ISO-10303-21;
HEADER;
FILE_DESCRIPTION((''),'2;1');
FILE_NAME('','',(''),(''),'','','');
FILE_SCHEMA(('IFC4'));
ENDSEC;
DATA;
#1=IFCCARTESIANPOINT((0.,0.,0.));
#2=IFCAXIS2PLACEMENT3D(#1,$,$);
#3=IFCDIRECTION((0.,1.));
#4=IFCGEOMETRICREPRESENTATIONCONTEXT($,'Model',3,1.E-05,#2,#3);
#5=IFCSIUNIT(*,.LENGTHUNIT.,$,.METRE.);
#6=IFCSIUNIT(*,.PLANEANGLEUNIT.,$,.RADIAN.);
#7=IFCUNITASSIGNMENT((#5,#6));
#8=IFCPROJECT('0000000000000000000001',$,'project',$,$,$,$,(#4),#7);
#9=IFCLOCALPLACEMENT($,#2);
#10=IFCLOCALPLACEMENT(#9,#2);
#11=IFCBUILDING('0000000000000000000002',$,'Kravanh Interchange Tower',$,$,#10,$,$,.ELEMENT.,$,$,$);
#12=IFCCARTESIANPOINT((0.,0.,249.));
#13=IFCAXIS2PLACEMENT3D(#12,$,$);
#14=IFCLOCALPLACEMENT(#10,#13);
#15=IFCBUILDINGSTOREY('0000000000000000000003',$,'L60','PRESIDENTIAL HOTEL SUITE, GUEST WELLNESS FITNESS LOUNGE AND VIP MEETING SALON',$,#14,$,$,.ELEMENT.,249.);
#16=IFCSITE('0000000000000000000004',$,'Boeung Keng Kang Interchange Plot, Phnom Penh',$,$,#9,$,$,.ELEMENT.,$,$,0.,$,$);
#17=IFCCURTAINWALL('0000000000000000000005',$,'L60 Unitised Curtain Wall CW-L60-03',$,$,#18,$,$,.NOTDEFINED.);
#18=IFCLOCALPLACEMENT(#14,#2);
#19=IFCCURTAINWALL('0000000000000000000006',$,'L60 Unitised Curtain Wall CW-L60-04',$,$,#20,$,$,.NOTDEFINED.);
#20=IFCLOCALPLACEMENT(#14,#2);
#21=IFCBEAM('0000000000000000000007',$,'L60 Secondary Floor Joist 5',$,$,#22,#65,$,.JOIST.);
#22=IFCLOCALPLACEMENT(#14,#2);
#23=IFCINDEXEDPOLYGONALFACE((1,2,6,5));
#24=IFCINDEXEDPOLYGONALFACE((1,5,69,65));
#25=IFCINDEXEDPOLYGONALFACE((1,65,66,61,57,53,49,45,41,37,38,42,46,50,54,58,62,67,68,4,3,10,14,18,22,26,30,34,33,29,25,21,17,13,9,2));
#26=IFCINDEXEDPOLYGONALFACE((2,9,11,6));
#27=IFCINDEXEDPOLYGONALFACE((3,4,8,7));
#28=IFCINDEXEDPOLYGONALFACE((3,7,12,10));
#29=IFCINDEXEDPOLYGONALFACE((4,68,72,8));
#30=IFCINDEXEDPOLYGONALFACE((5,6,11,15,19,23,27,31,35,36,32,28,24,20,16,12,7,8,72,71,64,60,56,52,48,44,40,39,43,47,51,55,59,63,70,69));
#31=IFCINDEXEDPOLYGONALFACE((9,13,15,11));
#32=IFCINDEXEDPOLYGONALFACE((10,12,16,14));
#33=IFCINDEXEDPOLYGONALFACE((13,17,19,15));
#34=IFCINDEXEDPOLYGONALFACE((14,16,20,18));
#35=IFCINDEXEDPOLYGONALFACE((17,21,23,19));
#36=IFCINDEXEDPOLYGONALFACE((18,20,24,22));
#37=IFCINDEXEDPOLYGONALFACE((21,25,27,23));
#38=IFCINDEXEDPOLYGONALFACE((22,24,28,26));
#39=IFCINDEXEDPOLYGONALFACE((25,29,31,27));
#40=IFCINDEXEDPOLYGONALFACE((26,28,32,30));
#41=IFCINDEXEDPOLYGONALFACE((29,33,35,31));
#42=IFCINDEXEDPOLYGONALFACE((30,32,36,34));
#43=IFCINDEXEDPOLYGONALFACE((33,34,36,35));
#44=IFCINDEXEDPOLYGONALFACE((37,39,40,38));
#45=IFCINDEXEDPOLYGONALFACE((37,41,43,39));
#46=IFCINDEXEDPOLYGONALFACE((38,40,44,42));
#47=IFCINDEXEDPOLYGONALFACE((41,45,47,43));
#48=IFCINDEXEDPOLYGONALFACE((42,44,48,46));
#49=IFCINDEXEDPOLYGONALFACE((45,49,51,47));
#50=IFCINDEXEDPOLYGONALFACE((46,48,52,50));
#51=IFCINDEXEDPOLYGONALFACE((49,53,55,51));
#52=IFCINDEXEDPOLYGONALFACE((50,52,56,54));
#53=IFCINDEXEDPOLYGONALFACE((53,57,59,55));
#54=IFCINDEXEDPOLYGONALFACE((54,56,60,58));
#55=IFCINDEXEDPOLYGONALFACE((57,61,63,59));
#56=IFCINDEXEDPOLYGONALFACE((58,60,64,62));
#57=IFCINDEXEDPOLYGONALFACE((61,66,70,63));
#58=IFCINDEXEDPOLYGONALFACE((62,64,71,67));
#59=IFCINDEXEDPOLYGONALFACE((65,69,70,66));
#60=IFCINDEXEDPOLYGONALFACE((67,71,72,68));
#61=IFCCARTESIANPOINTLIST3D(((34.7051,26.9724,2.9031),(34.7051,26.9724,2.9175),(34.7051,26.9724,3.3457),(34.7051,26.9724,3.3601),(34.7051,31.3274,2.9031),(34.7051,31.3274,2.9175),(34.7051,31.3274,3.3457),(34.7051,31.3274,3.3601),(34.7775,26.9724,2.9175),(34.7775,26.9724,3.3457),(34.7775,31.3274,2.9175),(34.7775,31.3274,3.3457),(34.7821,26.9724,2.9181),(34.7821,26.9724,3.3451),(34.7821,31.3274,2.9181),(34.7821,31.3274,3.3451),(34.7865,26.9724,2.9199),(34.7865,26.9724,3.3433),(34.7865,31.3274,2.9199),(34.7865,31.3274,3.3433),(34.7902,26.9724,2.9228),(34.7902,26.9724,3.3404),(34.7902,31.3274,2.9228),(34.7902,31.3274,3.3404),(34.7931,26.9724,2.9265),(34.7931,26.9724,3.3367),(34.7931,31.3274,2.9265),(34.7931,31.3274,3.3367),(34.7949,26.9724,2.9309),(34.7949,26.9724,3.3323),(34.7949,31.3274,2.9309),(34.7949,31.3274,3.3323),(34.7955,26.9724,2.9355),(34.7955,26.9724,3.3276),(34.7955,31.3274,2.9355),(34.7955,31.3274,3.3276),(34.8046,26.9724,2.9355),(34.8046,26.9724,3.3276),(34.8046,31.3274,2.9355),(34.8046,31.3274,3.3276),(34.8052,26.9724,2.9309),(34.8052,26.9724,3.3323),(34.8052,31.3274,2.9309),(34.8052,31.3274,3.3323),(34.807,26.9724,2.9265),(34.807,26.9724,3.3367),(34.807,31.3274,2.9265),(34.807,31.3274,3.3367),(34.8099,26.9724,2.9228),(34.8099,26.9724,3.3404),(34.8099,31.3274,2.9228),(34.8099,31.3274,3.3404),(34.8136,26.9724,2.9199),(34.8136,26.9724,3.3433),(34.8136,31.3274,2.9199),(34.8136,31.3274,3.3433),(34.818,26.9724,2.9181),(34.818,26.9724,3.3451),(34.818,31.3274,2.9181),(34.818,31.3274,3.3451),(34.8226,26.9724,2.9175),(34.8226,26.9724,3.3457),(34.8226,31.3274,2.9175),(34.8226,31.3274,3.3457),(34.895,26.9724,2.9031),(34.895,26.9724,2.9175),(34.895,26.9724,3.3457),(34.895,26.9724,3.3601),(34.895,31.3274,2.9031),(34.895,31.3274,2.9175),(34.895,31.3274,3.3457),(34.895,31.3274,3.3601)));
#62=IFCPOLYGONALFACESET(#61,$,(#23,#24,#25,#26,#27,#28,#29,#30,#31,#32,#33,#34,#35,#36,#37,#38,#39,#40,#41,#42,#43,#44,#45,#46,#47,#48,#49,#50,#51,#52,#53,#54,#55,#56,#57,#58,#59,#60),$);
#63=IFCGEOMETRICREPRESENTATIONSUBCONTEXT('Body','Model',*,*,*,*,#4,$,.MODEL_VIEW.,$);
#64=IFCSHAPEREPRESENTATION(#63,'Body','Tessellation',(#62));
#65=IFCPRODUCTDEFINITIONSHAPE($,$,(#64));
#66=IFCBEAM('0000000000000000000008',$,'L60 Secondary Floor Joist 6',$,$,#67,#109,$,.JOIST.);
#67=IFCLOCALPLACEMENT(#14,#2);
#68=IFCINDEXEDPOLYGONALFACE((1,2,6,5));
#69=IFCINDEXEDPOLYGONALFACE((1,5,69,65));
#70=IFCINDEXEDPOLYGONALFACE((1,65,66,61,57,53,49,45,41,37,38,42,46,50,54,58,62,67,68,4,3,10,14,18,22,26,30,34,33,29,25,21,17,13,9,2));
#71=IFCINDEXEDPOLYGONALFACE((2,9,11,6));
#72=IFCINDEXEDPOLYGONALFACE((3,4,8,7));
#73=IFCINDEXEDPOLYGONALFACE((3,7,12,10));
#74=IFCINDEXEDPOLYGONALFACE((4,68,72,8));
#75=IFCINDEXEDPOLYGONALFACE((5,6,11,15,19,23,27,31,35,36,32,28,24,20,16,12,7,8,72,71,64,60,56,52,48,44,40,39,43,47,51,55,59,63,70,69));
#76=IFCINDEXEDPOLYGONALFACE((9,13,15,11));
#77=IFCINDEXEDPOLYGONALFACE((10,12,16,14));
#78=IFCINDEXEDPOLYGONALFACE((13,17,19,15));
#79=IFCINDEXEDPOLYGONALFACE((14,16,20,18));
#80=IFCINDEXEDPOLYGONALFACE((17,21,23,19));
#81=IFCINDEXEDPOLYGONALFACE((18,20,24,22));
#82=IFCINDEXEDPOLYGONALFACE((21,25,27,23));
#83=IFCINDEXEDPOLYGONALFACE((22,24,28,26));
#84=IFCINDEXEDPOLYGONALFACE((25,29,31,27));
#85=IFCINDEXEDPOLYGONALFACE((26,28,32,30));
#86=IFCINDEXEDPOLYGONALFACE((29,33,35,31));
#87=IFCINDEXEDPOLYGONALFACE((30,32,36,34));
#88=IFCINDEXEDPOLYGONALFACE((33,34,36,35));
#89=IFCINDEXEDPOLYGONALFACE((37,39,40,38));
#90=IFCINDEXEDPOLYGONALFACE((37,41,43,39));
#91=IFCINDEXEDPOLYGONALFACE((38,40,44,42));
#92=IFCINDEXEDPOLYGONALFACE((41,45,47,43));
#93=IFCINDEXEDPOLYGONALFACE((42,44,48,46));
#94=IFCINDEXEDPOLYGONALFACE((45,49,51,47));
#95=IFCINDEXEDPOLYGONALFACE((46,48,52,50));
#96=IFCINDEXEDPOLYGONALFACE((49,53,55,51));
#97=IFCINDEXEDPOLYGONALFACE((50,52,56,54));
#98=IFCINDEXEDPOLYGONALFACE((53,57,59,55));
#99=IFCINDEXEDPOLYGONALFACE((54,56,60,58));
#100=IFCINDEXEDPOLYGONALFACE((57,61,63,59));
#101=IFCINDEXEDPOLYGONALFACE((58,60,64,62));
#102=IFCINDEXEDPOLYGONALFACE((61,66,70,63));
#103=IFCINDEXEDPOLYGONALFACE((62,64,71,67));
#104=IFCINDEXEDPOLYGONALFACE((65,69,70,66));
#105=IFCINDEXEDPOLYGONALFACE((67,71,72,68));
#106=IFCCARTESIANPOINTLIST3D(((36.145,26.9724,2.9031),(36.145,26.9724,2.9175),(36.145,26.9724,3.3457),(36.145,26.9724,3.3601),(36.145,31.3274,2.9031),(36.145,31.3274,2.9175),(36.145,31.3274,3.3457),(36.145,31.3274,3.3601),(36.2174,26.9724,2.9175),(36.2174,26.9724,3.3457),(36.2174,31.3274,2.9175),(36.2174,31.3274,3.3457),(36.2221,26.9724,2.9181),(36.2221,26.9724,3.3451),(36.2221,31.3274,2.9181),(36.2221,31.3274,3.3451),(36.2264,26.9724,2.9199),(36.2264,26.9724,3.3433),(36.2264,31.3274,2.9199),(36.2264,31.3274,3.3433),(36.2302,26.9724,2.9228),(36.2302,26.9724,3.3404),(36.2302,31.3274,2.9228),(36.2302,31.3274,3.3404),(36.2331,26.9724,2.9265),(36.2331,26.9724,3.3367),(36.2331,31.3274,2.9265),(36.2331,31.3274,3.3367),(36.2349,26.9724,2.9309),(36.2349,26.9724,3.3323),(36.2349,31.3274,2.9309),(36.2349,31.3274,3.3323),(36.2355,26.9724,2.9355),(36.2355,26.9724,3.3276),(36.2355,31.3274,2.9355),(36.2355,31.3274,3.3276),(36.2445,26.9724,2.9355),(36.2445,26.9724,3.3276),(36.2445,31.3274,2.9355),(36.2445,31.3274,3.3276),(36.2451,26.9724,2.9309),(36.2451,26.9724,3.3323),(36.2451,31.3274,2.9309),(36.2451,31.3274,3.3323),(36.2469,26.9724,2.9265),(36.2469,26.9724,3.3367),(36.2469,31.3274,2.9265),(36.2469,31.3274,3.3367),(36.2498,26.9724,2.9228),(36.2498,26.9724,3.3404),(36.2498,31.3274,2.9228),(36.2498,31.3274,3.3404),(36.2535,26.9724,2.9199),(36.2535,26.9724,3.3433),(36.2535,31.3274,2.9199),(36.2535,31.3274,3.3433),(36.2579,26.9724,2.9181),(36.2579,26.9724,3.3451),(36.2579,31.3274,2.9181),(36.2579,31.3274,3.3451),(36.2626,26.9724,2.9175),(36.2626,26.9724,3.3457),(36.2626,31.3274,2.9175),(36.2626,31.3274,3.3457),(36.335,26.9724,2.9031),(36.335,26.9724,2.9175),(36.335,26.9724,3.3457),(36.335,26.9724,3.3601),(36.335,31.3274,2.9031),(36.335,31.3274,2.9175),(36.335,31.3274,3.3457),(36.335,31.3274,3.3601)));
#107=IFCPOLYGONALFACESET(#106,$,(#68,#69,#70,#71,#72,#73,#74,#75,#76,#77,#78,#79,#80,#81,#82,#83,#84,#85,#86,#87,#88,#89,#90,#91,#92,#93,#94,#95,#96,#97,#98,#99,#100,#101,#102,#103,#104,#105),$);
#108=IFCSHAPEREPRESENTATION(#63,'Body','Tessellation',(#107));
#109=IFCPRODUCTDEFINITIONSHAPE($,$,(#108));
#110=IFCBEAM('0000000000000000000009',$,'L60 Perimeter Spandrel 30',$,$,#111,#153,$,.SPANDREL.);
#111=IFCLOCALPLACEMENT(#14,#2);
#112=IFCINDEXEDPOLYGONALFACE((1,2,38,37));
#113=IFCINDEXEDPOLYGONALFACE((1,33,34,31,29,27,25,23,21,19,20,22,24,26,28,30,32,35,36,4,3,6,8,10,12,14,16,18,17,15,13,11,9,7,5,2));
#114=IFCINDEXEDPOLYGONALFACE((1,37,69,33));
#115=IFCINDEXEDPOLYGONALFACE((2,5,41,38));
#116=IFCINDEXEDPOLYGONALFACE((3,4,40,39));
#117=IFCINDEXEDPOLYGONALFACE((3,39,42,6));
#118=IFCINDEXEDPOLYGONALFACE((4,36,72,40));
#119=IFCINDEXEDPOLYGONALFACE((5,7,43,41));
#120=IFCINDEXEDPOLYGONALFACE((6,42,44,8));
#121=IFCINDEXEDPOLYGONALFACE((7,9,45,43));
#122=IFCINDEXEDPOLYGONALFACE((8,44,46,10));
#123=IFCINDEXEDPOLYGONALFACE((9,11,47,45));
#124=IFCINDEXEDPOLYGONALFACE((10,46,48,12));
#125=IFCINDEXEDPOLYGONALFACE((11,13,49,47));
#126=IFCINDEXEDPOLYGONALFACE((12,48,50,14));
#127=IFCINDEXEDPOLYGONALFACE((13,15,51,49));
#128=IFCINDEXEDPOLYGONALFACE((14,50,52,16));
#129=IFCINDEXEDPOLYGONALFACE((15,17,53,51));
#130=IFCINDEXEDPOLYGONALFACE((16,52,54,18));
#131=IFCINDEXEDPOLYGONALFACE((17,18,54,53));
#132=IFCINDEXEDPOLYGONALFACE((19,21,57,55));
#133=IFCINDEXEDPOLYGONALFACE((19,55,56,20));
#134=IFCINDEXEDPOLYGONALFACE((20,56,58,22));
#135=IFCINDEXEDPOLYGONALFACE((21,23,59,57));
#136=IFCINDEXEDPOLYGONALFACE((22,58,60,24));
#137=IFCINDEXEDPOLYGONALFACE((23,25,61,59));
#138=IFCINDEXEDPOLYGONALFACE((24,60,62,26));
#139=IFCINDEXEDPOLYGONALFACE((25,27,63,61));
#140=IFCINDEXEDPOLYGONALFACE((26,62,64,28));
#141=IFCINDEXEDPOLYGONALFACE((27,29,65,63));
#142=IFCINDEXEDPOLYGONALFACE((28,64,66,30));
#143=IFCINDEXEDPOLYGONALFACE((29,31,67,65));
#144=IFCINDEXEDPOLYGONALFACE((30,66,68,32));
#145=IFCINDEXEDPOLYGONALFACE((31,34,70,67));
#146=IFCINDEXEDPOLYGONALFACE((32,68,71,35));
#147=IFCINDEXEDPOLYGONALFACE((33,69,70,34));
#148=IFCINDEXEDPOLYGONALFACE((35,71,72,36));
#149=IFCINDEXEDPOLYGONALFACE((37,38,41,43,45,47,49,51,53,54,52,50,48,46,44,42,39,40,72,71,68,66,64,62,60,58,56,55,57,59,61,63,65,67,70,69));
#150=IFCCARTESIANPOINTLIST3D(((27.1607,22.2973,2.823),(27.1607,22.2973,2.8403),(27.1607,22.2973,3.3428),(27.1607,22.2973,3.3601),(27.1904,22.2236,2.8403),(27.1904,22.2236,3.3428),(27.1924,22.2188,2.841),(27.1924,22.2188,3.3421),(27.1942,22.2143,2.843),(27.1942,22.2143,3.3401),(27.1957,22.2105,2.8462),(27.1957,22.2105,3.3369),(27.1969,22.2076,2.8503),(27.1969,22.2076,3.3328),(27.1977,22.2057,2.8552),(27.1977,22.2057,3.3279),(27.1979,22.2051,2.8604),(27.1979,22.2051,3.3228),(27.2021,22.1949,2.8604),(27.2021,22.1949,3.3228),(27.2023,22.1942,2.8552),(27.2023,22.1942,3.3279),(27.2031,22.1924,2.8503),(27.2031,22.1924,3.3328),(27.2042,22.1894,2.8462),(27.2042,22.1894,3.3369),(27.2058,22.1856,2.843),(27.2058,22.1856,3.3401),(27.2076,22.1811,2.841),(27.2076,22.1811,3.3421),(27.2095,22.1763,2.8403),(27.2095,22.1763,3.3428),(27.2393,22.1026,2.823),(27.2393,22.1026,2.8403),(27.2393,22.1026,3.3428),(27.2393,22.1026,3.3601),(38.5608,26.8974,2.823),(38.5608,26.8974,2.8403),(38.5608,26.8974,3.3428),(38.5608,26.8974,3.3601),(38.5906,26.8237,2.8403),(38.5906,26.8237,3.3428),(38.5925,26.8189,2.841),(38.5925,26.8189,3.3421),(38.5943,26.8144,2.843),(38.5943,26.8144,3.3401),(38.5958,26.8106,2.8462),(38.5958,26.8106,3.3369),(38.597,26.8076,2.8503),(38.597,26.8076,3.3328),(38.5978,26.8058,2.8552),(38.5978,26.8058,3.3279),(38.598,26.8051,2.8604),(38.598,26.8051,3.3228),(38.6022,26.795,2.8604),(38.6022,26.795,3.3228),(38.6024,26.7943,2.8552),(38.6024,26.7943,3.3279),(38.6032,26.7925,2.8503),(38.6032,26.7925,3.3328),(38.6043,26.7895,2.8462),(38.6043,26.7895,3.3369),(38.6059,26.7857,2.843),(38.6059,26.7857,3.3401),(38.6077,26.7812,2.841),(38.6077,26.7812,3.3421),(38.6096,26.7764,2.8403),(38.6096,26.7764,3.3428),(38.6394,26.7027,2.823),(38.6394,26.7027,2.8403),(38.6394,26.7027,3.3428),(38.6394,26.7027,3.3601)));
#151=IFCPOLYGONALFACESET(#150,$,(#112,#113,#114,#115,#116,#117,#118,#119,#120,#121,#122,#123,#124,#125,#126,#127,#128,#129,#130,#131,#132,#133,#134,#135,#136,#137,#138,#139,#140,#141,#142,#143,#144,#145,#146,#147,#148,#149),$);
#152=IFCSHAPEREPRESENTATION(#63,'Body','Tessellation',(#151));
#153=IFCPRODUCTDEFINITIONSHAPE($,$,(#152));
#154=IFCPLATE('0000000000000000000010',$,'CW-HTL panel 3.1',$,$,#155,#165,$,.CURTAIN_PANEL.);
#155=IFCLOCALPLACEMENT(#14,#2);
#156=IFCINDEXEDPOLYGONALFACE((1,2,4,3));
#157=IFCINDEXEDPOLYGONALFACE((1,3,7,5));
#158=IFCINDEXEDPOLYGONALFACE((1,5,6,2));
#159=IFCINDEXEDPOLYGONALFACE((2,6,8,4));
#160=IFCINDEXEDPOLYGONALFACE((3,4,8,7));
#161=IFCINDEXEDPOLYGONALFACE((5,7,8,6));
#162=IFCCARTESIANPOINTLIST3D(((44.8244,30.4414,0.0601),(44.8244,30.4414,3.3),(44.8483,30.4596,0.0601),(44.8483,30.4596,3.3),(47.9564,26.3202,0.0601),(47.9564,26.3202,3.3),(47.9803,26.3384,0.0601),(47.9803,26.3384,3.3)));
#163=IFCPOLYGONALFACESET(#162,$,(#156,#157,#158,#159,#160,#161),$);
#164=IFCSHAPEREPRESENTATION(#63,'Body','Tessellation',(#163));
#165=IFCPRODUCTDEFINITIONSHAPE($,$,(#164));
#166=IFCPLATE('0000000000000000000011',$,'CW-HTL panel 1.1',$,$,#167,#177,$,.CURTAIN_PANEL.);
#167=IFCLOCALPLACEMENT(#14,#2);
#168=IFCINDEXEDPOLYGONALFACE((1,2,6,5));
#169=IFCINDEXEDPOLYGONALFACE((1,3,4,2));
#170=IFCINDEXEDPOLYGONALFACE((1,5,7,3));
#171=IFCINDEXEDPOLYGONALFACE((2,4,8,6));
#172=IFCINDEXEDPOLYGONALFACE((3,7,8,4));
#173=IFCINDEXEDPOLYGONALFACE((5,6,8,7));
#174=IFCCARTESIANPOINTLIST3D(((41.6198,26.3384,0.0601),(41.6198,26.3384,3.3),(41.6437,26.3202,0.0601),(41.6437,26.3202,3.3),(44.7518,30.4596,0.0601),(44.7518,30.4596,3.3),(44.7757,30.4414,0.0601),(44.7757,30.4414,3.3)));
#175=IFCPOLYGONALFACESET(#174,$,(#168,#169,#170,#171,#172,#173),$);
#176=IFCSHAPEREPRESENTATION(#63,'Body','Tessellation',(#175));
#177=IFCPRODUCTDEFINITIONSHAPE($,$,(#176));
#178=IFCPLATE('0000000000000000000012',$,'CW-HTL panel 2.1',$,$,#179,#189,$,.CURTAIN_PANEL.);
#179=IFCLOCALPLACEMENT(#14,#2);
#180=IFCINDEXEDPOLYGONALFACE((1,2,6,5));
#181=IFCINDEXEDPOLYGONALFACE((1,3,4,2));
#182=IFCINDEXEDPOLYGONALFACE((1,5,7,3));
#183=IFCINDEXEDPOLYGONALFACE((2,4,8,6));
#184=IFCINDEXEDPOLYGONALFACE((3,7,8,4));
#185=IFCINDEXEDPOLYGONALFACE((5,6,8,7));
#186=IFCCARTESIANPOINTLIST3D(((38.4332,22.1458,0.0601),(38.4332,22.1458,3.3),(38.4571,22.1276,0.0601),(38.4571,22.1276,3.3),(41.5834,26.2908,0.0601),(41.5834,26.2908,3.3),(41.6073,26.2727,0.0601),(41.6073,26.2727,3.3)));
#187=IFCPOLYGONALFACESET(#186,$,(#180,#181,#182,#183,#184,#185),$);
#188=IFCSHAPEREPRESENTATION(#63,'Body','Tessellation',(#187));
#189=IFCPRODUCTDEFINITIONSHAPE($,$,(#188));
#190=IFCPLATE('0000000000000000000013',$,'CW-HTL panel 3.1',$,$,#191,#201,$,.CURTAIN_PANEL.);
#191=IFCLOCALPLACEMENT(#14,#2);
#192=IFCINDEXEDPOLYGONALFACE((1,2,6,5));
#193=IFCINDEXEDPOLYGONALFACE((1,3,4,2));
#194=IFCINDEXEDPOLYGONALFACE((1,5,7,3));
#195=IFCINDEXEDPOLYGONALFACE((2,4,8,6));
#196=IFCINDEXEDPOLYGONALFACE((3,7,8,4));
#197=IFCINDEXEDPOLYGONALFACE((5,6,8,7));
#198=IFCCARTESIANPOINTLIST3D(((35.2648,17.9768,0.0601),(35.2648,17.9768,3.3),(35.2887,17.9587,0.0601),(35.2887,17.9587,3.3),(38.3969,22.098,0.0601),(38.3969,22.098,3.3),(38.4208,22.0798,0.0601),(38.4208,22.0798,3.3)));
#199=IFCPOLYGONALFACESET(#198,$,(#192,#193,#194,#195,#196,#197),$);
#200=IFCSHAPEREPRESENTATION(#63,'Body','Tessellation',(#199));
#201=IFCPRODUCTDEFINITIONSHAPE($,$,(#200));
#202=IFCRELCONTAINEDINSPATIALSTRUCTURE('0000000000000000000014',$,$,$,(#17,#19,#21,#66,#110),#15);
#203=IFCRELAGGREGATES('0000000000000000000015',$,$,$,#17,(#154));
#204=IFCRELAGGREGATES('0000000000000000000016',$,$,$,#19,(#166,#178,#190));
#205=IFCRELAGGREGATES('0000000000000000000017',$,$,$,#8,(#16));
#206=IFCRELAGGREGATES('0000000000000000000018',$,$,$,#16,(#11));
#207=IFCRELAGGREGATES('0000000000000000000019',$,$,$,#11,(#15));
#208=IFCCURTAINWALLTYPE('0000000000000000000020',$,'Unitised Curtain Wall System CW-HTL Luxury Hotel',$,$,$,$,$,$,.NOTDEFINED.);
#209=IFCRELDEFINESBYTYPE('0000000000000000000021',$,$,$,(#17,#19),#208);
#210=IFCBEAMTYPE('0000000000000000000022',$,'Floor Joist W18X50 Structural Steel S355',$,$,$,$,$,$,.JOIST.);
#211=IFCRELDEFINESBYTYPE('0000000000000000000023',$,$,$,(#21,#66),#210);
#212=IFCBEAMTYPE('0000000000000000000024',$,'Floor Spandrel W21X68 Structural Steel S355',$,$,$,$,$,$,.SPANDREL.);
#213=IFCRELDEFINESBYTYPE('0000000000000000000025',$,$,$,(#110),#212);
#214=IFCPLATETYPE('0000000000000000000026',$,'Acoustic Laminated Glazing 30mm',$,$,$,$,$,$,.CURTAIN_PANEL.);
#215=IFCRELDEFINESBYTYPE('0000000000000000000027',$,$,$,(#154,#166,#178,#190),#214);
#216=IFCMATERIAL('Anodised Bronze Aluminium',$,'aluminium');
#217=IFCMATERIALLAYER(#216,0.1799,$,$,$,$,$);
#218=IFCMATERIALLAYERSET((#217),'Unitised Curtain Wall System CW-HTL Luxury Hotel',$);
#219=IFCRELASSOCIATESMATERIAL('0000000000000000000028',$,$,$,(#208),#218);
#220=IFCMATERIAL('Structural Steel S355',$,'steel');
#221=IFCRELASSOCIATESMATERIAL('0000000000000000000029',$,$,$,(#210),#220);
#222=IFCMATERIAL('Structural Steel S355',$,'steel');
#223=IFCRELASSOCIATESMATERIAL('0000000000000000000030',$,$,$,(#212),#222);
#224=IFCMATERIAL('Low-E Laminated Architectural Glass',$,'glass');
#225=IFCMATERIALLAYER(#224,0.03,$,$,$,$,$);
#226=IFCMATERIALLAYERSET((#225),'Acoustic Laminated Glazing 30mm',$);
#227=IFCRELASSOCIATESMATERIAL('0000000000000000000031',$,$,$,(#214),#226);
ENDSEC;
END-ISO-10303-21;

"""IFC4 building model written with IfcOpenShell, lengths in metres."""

from ifc_helpers import new_model, si_unit, direction, frame, origin, origin_2d, place, context, subcontext, project, spatial, rectangle, i_section, extrude, material, layer, layer_set, material_profile, profile_set, type_object, element, aggregate, save


model = new_model("IFC4")

# Units and contexts
model_context = context("Model", 3, precision=1e-05, world=origin(), true_north=direction((0.0, 1.0)))
body_context = subcontext(model_context, "Body", "Model", "MODEL_VIEW")
ifc_project = project(units=[si_unit("LENGTHUNIT", "METRE"), si_unit("PLANEANGLEUNIT", "RADIAN")], contexts=[model_context])

# Site, building, storey
site_placement = place(None, origin())
site = spatial("IfcSite", under=ifc_project, at=site_placement, Name="Boeung Keng Kang Interchange Plot, Phnom Penh", CompositionType="ELEMENT", RefElevation=0.0)
building_placement = place(site_placement, origin())
building = spatial("IfcBuilding", under=site, at=building_placement, Name="Kravanh Interchange Tower", CompositionType="ELEMENT")
storey_placement = place(building_placement, frame((0.0, 0.0, 249.0)))
storey = spatial("IfcBuildingStorey", under=building, at=storey_placement, Name="L60", Description="PRESIDENTIAL HOTEL SUITE, GUEST WELLNESS FITNESS LOUNGE AND VIP MEETING SALON", CompositionType="ELEMENT", Elevation=249.0)

# Curtain wall
ifc_material_1 = material(Name="Anodised Bronze Aluminium", Category="aluminium")
ifc_layer_1 = layer(ifc_material_1, 0.1799)
ifc_layer_set_1 = layer_set([ifc_layer_1], Name="Unitised Curtain Wall System CW-HTL Luxury Hotel")
curtain_wall_type = type_object("IfcCurtainWallType", Name="Unitised Curtain Wall System CW-HTL Luxury Hotel", PredefinedType="NOTDEFINED", material=ifc_layer_set_1)
curtain_wall_1_placement = place(storey_placement, origin())
curtain_wall_1 = element("IfcCurtainWall", 1, at=curtain_wall_1_placement, inside=storey, type_object=curtain_wall_type, Name="L60 Unitised Curtain Wall CW-L60-03", PredefinedType="NOTDEFINED")

# Curtain wall
curtain_wall_2_placement = place(storey_placement, origin())
curtain_wall_2 = element("IfcCurtainWall", 2, at=curtain_wall_2_placement, inside=storey, type_object=curtain_wall_type, Name="L60 Unitised Curtain Wall CW-L60-04", PredefinedType="NOTDEFINED")

# Beams
ifc_material_2 = material(Name="Structural Steel S355", Category="steel")
ifc_material_profile_1 = material_profile(ifc_material_2, i_section(OverallWidth=0.1899, OverallDepth=0.457, WebThickness=0.009, FlangeThickness=0.0144, FilletRadius=0.0181, at=origin_2d()), Name="W18X50")
ifc_profile_set_1 = profile_set([ifc_material_profile_1], Name="Structural Steel S355")
beam_type_1 = type_object("IfcBeamType", Name="Floor Joist W18X50 Structural Steel S355", PredefinedType="JOIST", material=ifc_profile_set_1)
for number, where, z_axis, x_axis, name in (
    (3, (34.8, 26.9724, 3.1316), (0.0, 1.0, 0.0), (-1.0, 0.0, 0.0), "L60 Secondary Floor Joist 5"),
    (4, (36.24, 26.9724, 3.1316), (0.0, 1.0, 0.0), (-1.0, 0.0, 0.0), "L60 Secondary Floor Joist 6"),
):
    element("IfcBeam", number, at=place(storey_placement, frame(where, z_axis=z_axis, x_axis=x_axis)), inside=storey, type_object=beam_type_1, Name=name, PredefinedType="JOIST", context=body_context, shape_type="SweptSolid", body=[
        extrude(i_section(OverallWidth=0.1899, OverallDepth=0.457, WebThickness=0.009, FlangeThickness=0.0144, FilletRadius=0.0181, at=origin_2d()), origin(), (0.0, 0.0, 1.0), 4.355),
    ])
ifc_material_3 = material(Name="Structural Steel S355", Category="steel")
ifc_material_profile_2 = material_profile(ifc_material_3, i_section(OverallWidth=0.21, OverallDepth=0.5371, WebThickness=0.011, FlangeThickness=0.0173, FilletRadius=0.02, at=origin_2d()), Name="W21X68")
ifc_profile_set_2 = profile_set([ifc_material_profile_2], Name="Structural Steel S355")
beam_type_2 = type_object("IfcBeamType", Name="Floor Spandrel W21X68 Structural Steel S355", PredefinedType="SPANDREL", material=ifc_profile_set_2)
beam_1_placement = place(storey_placement, frame((38.6001, 26.8, 3.0916), z_axis=(-0.927349, -0.374197, 0.0), x_axis=(0.374197, -0.927349, 0.0)))
element("IfcBeam", 5, at=beam_1_placement, inside=storey, type_object=beam_type_2, Name="L60 Perimeter Spandrel 30", PredefinedType="SPANDREL", context=body_context, shape_type="SweptSolid", body=[
    extrude(i_section(OverallWidth=0.21, OverallDepth=0.5371, WebThickness=0.011, FlangeThickness=0.0173, FilletRadius=0.02, at=origin_2d()), origin(), (0.0, 0.0, 1.0), 12.2932),
])

# Plates
ifc_material_4 = material(Name="Low-E Laminated Architectural Glass", Category="glass")
ifc_layer_2 = layer(ifc_material_4, 0.03)
ifc_layer_set_2 = layer_set([ifc_layer_2], Name="Acoustic Laminated Glazing 30mm")
plate_type = type_object("IfcPlateType", Name="Acoustic Laminated Glazing 30mm", PredefinedType="CURTAIN_PANEL", material=ifc_layer_set_2)
plate_1_placement = place(storey_placement, frame((46.4023, 28.3899, 0.0601), z_axis=(0.0, 0.0, 1.0), x_axis=(-0.605083, 0.796162, 0.0)))
plate_1 = element("IfcPlate", 6, at=plate_1_placement, type_object=plate_type, Name="CW-HTL panel 3.1", PredefinedType="CURTAIN_PANEL", context=body_context, shape_type="SweptSolid", body=[
    extrude(rectangle(XDim=5.1763, YDim=0.03, at=origin_2d()), origin(), (0.0, 0.0, 1.0), 3.24),
])
aggregate(curtain_wall_1, [plate_1])
plate_2_placement = place(storey_placement, frame((43.1978, 28.3899, 0.0601), z_axis=(0.0, 0.0, 1.0), x_axis=(-0.605083, -0.796162, 0.0)))
plate_2 = element("IfcPlate", 7, at=plate_2_placement, type_object=plate_type, Name="CW-HTL panel 1.1", PredefinedType="CURTAIN_PANEL", context=body_context, shape_type="SweptSolid", body=[
    extrude(rectangle(XDim=5.1763, YDim=0.03, at=origin_2d()), origin(), (0.0, 0.0, 1.0), 3.24),
])
plate_3_placement = place(storey_placement, frame((40.0203, 24.2092, 0.0601), z_axis=(0.0, 0.0, 1.0), x_axis=(-0.605083, -0.796162, 0.0)))
plate_3 = element("IfcPlate", 8, at=plate_3_placement, type_object=plate_type, Name="CW-HTL panel 2.1", PredefinedType="CURTAIN_PANEL", context=body_context, shape_type="SweptSolid", body=[
    extrude(rectangle(XDim=5.2063, YDim=0.03, at=origin_2d()), origin(), (0.0, 0.0, 1.0), 3.24),
])
plate_4_placement = place(storey_placement, frame((36.8428, 20.0283, 0.0601), z_axis=(0.0, 0.0, 1.0), x_axis=(-0.605083, -0.796162, 0.0)))
plate_4 = element("IfcPlate", 9, at=plate_4_placement, type_object=plate_type, Name="CW-HTL panel 3.1", PredefinedType="CURTAIN_PANEL", context=body_context, shape_type="SweptSolid", body=[
    extrude(rectangle(XDim=5.1763, YDim=0.03, at=origin_2d()), origin(), (0.0, 0.0, 1.0), 3.24),
])
aggregate(curtain_wall_2, [plate_2, plate_3, plate_4])

save(model, "model.ifc")
